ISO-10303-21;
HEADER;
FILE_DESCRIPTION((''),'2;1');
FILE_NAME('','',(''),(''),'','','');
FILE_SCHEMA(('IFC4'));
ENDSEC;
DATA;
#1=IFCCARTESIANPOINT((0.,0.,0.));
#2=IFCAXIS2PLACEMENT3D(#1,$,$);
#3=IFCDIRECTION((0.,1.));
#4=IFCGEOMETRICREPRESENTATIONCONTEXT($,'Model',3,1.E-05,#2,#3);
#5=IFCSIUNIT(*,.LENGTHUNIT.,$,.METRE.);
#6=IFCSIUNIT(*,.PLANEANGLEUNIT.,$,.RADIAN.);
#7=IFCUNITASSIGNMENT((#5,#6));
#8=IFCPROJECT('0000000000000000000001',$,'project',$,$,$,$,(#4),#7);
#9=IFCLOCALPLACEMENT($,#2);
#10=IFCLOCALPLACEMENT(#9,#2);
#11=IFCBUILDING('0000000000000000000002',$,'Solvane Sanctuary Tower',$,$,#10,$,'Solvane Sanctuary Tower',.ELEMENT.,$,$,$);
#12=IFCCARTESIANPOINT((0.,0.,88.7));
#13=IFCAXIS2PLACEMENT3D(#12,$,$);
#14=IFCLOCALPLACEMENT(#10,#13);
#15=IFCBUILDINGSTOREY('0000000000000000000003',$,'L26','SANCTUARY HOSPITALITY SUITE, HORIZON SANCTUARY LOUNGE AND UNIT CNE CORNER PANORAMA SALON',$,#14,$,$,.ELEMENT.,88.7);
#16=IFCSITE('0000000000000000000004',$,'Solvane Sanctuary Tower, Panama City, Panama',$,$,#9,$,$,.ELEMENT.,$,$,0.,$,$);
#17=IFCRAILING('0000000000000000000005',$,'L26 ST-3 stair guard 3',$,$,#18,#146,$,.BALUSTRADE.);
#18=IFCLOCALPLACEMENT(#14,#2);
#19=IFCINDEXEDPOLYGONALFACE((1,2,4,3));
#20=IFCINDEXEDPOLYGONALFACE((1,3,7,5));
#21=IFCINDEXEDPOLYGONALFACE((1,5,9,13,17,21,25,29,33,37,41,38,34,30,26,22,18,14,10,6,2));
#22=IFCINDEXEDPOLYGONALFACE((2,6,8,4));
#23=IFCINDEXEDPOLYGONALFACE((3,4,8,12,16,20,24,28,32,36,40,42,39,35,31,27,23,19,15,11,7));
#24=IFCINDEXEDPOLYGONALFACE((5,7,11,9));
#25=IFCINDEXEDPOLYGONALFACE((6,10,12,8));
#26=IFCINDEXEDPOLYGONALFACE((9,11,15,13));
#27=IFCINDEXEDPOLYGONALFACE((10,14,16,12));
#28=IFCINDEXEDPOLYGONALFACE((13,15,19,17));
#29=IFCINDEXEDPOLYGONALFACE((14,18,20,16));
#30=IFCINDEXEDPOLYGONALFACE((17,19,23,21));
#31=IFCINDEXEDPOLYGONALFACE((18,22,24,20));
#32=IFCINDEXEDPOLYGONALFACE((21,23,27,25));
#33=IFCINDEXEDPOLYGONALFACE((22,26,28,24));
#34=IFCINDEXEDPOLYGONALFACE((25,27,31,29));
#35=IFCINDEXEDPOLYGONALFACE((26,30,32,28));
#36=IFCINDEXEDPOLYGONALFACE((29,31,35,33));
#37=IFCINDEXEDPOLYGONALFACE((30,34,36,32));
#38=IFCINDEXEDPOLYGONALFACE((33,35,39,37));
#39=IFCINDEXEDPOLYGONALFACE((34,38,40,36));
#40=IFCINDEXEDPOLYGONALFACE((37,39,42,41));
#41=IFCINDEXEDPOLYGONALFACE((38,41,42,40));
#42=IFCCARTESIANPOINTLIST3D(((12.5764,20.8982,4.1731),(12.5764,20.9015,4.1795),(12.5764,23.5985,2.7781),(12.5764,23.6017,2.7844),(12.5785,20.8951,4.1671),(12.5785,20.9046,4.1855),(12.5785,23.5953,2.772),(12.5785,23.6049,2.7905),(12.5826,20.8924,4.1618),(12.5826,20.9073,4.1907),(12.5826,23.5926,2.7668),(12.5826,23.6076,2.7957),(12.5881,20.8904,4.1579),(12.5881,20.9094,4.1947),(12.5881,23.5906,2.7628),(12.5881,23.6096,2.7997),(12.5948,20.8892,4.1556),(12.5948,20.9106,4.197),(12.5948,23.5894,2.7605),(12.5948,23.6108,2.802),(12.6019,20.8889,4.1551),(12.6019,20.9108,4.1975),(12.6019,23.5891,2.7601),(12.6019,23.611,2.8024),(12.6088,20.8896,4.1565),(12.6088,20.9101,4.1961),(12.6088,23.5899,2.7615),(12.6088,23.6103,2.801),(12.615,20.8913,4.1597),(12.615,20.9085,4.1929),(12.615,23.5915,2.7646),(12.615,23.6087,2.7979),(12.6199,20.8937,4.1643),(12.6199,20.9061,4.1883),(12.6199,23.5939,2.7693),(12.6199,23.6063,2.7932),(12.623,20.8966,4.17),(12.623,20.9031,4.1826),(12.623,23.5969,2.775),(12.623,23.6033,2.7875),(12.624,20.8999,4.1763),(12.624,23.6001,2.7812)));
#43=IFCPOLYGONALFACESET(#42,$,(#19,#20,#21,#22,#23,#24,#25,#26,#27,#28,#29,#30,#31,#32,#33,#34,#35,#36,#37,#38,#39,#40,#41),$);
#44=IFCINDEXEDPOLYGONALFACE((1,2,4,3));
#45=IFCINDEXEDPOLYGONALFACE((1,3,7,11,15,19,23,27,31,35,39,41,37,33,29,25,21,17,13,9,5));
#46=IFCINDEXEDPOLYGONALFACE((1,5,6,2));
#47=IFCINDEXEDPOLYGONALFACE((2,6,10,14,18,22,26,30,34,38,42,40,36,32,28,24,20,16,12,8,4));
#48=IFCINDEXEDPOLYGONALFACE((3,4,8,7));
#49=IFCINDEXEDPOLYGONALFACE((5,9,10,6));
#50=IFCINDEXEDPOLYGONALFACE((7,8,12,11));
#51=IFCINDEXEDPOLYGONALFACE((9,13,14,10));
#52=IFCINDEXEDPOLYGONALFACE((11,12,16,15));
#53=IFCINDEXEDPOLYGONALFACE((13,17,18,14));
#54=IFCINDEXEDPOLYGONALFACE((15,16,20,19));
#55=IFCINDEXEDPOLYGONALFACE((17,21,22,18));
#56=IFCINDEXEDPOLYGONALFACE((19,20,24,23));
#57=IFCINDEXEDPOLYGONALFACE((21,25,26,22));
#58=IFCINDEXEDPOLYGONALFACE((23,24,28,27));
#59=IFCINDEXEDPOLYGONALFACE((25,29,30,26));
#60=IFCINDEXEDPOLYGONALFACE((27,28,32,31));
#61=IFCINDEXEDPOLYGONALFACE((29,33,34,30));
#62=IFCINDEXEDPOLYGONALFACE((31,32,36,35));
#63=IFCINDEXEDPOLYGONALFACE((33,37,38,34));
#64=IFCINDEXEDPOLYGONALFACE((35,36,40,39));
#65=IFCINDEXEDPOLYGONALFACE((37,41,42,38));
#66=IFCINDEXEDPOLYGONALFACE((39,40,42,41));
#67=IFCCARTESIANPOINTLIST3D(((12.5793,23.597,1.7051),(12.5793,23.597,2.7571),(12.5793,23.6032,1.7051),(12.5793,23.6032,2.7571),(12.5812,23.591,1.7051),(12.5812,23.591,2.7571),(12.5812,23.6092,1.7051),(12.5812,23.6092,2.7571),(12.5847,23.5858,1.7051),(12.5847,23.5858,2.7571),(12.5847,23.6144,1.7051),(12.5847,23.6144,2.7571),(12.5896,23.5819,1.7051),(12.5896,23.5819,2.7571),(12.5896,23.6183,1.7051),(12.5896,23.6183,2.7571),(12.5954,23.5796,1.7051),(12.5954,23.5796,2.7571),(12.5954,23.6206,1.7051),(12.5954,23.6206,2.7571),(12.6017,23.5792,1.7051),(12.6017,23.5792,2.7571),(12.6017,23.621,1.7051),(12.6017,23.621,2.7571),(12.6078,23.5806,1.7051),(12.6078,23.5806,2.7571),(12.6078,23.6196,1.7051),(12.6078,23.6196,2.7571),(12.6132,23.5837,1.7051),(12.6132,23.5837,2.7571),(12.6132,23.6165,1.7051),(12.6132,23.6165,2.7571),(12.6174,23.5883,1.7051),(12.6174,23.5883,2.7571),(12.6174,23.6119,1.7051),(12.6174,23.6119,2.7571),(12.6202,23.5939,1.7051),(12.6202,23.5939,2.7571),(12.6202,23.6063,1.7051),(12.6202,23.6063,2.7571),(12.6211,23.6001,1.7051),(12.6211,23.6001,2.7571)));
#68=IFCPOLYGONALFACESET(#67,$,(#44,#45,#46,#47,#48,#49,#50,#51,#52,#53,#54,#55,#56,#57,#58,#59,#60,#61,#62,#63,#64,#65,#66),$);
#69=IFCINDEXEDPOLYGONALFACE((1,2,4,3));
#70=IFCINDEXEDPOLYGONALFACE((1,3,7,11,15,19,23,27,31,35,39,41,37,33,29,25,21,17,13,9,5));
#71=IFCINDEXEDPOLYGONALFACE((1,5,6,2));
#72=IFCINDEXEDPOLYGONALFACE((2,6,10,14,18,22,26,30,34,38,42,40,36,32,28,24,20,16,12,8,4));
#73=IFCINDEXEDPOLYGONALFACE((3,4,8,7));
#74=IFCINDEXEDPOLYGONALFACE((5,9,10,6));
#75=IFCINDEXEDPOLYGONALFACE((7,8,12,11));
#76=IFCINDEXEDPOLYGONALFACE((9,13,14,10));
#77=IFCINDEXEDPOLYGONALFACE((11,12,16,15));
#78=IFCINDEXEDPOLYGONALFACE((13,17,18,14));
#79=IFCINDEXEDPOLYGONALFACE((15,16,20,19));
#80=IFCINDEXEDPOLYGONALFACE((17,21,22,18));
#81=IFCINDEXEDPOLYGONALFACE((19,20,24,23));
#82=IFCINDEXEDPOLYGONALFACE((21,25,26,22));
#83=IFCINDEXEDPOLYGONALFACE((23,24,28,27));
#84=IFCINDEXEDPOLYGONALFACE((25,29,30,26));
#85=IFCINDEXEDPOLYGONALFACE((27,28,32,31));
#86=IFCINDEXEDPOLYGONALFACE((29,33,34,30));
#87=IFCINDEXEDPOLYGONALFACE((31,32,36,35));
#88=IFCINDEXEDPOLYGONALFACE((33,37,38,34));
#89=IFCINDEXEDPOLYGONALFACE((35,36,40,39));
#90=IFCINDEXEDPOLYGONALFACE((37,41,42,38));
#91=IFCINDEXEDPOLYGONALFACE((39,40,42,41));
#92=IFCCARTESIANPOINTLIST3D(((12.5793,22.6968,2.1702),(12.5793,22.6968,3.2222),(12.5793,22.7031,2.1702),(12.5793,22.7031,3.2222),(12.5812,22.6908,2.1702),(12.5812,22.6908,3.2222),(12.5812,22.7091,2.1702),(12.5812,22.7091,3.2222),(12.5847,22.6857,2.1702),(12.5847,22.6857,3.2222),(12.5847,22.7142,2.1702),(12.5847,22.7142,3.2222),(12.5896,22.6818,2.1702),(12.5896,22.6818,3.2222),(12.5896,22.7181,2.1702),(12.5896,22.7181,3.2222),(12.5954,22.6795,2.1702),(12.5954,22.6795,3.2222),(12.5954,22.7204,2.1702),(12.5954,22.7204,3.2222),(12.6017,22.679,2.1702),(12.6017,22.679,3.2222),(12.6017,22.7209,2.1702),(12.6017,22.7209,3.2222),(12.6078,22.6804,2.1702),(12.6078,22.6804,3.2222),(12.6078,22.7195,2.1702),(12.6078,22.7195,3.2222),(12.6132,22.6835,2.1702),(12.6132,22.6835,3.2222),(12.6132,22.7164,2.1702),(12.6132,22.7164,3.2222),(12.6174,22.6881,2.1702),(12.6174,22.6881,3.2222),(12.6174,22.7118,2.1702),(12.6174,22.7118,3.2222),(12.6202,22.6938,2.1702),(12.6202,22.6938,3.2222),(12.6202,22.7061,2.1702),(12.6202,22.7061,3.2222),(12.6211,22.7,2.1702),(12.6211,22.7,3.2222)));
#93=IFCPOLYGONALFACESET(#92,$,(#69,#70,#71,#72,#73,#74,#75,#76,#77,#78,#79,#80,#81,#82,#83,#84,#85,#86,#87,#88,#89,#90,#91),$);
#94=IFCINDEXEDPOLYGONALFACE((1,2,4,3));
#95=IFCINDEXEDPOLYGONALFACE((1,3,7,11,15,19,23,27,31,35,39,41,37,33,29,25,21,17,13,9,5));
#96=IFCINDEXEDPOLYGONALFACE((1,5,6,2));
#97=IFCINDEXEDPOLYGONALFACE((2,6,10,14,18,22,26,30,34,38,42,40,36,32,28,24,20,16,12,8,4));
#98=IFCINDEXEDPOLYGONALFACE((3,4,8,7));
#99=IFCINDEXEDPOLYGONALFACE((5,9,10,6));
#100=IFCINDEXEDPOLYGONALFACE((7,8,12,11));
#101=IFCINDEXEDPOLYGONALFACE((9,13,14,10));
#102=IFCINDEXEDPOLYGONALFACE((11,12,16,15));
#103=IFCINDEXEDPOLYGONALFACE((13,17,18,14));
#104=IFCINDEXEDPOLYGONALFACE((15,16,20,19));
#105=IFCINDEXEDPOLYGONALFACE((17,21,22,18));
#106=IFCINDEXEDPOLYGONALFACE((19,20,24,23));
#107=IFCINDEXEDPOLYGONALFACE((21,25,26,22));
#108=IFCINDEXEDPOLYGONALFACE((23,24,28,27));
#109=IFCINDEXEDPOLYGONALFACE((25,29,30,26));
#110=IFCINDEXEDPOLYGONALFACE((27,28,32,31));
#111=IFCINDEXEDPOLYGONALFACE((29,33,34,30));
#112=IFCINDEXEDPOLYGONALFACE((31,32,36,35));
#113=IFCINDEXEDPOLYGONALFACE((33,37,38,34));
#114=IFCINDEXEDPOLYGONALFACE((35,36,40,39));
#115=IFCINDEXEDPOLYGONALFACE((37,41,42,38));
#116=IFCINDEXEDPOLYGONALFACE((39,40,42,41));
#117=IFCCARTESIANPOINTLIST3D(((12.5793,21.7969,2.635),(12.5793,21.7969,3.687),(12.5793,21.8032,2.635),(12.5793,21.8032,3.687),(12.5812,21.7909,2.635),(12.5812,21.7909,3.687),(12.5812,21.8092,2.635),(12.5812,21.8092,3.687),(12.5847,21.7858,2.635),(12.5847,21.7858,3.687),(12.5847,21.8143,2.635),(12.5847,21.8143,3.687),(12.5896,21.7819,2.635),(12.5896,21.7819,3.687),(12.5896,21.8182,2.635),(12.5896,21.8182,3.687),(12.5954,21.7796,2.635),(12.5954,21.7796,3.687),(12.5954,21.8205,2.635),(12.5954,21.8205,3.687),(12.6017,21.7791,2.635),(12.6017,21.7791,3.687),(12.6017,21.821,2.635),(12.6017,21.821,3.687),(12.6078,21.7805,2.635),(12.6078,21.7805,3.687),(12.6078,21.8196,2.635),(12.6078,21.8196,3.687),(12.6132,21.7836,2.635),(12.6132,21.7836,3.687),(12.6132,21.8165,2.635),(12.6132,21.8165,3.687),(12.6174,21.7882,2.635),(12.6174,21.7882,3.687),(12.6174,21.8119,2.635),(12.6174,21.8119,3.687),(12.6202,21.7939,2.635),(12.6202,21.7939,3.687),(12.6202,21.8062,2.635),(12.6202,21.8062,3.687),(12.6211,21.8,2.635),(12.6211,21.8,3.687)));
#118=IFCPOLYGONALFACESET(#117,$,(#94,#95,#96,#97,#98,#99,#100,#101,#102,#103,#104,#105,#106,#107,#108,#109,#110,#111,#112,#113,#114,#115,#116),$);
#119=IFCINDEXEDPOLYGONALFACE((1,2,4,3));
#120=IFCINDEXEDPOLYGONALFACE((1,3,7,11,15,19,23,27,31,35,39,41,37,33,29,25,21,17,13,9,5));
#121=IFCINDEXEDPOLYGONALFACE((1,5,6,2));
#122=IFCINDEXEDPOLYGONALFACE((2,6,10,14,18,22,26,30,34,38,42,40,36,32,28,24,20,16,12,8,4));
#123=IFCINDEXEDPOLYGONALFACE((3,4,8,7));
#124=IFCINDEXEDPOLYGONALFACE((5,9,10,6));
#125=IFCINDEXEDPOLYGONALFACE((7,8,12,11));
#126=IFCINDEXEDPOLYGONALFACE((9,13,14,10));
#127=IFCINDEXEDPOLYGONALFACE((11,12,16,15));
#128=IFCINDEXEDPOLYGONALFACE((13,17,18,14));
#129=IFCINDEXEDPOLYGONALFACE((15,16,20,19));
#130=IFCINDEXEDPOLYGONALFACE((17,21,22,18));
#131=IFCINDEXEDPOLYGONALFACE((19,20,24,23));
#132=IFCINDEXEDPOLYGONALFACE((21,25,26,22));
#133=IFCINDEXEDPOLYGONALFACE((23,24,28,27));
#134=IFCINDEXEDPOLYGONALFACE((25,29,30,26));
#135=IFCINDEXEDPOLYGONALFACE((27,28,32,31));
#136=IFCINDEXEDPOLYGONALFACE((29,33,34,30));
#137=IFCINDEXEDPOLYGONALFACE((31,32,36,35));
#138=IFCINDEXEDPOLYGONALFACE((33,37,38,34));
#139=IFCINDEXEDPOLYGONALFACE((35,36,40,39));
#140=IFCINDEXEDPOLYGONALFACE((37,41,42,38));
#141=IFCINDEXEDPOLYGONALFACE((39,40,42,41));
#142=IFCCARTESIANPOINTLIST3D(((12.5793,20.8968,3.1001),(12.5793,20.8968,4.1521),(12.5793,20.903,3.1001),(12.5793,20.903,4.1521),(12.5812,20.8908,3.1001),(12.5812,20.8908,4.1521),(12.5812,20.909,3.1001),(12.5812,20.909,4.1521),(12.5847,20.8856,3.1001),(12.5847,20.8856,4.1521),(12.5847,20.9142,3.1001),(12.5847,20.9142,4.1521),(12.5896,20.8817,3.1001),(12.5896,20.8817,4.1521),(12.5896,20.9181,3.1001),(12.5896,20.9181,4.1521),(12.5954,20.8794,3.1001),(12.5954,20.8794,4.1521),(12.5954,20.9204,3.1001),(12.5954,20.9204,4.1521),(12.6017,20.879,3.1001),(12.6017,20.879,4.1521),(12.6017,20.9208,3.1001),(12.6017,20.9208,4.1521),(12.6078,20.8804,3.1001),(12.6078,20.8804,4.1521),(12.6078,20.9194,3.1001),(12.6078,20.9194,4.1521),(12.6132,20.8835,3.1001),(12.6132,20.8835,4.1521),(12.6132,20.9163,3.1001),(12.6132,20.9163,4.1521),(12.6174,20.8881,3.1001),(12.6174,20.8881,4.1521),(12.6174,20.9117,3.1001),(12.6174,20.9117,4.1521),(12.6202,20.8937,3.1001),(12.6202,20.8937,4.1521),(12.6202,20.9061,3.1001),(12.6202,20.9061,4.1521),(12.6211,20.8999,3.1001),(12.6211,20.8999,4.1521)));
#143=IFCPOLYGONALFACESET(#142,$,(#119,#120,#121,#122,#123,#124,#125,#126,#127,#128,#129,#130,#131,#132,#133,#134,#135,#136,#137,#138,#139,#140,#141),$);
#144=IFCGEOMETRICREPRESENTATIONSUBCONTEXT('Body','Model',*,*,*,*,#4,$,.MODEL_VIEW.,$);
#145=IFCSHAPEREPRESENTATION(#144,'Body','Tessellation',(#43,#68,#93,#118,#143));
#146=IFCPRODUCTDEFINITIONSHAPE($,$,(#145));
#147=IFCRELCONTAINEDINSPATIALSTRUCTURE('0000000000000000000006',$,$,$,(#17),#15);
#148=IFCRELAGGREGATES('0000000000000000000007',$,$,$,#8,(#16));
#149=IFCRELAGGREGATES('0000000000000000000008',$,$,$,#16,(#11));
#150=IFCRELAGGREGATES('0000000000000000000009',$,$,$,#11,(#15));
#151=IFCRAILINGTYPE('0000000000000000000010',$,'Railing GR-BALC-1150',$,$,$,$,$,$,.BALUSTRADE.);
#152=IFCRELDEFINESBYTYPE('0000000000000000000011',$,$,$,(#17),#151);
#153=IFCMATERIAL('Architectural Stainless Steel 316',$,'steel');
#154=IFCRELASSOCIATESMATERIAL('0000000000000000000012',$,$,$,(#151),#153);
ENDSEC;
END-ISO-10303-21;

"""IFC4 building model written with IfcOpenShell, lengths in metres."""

from ifc_helpers import new_model, si_unit, direction, frame, origin, origin_2d, place, context, subcontext, project, spatial, circle, extrude, material, type_object, element, save


model = new_model("IFC4")

# Units and contexts
model_context = context("Model", 3, precision=1e-05, world=origin(), true_north=direction((0.0, 1.0)))
body_context = subcontext(model_context, "Body", "Model", "MODEL_VIEW")
ifc_project = project(units=[si_unit("LENGTHUNIT", "METRE"), si_unit("PLANEANGLEUNIT", "RADIAN")], contexts=[model_context])

# Site, building, storey
site_placement = place(None, origin())
site = spatial("IfcSite", under=ifc_project, at=site_placement, Name="Solvane Sanctuary Tower, Panama City, Panama", CompositionType="ELEMENT", RefElevation=0.0)
building_placement = place(site_placement, origin())
building = spatial("IfcBuilding", under=site, at=building_placement, Name="Solvane Sanctuary Tower", LongName="Solvane Sanctuary Tower", CompositionType="ELEMENT")
storey_placement = place(building_placement, frame((0.0, 0.0, 88.7)))
storey = spatial("IfcBuildingStorey", under=building, at=storey_placement, Name="L26", Description="SANCTUARY HOSPITALITY SUITE, HORIZON SANCTUARY LOUNGE AND UNIT CNE CORNER PANORAMA SALON", CompositionType="ELEMENT", Elevation=88.7)

# Shared definitions
ifc_material_1 = material(Name="Architectural Stainless Steel 316", Category="steel")

# Railing
railing_type_1 = type_object("IfcRailingType", Name="Railing GR-BALC-1150", PredefinedType="BALUSTRADE", material=ifc_material_1)
railing_1_placement = place(storey_placement, frame((12.6001, 23.6001, 1.7051)))
element("IfcRailing", 1, at=railing_1_placement, inside=storey, type_object=railing_type_1, Name="L26 ST-3 stair guard 3", PredefinedType="BALUSTRADE", context=body_context, shape_type="SweptSolid", body=[
    extrude(circle(Radius=0.0239, at=origin_2d()), frame((0.0, 0.0, 1.0762), z_axis=(0.0, -0.888437, 0.458999), x_axis=(1.0, 0.0, 0.0)), (0.0, 0.0, 1.0), 3.0393),
    extrude(circle(Radius=0.021, at=origin_2d()), origin(), (0.0, 0.0, 1.0), 1.052),
    extrude(circle(Radius=0.021, at=origin_2d()), frame((0.0, -0.9001, 0.4651)), (0.0, 0.0, 1.0), 1.052),
    extrude(circle(Radius=0.021, at=origin_2d()), frame((0.0, -1.8, 0.9299)), (0.0, 0.0, 1.0), 1.052),
    extrude(circle(Radius=0.021, at=origin_2d()), frame((0.0, -2.7002, 1.395)), (0.0, 0.0, 1.0), 1.052),
])

save(model, "model.ifc")
